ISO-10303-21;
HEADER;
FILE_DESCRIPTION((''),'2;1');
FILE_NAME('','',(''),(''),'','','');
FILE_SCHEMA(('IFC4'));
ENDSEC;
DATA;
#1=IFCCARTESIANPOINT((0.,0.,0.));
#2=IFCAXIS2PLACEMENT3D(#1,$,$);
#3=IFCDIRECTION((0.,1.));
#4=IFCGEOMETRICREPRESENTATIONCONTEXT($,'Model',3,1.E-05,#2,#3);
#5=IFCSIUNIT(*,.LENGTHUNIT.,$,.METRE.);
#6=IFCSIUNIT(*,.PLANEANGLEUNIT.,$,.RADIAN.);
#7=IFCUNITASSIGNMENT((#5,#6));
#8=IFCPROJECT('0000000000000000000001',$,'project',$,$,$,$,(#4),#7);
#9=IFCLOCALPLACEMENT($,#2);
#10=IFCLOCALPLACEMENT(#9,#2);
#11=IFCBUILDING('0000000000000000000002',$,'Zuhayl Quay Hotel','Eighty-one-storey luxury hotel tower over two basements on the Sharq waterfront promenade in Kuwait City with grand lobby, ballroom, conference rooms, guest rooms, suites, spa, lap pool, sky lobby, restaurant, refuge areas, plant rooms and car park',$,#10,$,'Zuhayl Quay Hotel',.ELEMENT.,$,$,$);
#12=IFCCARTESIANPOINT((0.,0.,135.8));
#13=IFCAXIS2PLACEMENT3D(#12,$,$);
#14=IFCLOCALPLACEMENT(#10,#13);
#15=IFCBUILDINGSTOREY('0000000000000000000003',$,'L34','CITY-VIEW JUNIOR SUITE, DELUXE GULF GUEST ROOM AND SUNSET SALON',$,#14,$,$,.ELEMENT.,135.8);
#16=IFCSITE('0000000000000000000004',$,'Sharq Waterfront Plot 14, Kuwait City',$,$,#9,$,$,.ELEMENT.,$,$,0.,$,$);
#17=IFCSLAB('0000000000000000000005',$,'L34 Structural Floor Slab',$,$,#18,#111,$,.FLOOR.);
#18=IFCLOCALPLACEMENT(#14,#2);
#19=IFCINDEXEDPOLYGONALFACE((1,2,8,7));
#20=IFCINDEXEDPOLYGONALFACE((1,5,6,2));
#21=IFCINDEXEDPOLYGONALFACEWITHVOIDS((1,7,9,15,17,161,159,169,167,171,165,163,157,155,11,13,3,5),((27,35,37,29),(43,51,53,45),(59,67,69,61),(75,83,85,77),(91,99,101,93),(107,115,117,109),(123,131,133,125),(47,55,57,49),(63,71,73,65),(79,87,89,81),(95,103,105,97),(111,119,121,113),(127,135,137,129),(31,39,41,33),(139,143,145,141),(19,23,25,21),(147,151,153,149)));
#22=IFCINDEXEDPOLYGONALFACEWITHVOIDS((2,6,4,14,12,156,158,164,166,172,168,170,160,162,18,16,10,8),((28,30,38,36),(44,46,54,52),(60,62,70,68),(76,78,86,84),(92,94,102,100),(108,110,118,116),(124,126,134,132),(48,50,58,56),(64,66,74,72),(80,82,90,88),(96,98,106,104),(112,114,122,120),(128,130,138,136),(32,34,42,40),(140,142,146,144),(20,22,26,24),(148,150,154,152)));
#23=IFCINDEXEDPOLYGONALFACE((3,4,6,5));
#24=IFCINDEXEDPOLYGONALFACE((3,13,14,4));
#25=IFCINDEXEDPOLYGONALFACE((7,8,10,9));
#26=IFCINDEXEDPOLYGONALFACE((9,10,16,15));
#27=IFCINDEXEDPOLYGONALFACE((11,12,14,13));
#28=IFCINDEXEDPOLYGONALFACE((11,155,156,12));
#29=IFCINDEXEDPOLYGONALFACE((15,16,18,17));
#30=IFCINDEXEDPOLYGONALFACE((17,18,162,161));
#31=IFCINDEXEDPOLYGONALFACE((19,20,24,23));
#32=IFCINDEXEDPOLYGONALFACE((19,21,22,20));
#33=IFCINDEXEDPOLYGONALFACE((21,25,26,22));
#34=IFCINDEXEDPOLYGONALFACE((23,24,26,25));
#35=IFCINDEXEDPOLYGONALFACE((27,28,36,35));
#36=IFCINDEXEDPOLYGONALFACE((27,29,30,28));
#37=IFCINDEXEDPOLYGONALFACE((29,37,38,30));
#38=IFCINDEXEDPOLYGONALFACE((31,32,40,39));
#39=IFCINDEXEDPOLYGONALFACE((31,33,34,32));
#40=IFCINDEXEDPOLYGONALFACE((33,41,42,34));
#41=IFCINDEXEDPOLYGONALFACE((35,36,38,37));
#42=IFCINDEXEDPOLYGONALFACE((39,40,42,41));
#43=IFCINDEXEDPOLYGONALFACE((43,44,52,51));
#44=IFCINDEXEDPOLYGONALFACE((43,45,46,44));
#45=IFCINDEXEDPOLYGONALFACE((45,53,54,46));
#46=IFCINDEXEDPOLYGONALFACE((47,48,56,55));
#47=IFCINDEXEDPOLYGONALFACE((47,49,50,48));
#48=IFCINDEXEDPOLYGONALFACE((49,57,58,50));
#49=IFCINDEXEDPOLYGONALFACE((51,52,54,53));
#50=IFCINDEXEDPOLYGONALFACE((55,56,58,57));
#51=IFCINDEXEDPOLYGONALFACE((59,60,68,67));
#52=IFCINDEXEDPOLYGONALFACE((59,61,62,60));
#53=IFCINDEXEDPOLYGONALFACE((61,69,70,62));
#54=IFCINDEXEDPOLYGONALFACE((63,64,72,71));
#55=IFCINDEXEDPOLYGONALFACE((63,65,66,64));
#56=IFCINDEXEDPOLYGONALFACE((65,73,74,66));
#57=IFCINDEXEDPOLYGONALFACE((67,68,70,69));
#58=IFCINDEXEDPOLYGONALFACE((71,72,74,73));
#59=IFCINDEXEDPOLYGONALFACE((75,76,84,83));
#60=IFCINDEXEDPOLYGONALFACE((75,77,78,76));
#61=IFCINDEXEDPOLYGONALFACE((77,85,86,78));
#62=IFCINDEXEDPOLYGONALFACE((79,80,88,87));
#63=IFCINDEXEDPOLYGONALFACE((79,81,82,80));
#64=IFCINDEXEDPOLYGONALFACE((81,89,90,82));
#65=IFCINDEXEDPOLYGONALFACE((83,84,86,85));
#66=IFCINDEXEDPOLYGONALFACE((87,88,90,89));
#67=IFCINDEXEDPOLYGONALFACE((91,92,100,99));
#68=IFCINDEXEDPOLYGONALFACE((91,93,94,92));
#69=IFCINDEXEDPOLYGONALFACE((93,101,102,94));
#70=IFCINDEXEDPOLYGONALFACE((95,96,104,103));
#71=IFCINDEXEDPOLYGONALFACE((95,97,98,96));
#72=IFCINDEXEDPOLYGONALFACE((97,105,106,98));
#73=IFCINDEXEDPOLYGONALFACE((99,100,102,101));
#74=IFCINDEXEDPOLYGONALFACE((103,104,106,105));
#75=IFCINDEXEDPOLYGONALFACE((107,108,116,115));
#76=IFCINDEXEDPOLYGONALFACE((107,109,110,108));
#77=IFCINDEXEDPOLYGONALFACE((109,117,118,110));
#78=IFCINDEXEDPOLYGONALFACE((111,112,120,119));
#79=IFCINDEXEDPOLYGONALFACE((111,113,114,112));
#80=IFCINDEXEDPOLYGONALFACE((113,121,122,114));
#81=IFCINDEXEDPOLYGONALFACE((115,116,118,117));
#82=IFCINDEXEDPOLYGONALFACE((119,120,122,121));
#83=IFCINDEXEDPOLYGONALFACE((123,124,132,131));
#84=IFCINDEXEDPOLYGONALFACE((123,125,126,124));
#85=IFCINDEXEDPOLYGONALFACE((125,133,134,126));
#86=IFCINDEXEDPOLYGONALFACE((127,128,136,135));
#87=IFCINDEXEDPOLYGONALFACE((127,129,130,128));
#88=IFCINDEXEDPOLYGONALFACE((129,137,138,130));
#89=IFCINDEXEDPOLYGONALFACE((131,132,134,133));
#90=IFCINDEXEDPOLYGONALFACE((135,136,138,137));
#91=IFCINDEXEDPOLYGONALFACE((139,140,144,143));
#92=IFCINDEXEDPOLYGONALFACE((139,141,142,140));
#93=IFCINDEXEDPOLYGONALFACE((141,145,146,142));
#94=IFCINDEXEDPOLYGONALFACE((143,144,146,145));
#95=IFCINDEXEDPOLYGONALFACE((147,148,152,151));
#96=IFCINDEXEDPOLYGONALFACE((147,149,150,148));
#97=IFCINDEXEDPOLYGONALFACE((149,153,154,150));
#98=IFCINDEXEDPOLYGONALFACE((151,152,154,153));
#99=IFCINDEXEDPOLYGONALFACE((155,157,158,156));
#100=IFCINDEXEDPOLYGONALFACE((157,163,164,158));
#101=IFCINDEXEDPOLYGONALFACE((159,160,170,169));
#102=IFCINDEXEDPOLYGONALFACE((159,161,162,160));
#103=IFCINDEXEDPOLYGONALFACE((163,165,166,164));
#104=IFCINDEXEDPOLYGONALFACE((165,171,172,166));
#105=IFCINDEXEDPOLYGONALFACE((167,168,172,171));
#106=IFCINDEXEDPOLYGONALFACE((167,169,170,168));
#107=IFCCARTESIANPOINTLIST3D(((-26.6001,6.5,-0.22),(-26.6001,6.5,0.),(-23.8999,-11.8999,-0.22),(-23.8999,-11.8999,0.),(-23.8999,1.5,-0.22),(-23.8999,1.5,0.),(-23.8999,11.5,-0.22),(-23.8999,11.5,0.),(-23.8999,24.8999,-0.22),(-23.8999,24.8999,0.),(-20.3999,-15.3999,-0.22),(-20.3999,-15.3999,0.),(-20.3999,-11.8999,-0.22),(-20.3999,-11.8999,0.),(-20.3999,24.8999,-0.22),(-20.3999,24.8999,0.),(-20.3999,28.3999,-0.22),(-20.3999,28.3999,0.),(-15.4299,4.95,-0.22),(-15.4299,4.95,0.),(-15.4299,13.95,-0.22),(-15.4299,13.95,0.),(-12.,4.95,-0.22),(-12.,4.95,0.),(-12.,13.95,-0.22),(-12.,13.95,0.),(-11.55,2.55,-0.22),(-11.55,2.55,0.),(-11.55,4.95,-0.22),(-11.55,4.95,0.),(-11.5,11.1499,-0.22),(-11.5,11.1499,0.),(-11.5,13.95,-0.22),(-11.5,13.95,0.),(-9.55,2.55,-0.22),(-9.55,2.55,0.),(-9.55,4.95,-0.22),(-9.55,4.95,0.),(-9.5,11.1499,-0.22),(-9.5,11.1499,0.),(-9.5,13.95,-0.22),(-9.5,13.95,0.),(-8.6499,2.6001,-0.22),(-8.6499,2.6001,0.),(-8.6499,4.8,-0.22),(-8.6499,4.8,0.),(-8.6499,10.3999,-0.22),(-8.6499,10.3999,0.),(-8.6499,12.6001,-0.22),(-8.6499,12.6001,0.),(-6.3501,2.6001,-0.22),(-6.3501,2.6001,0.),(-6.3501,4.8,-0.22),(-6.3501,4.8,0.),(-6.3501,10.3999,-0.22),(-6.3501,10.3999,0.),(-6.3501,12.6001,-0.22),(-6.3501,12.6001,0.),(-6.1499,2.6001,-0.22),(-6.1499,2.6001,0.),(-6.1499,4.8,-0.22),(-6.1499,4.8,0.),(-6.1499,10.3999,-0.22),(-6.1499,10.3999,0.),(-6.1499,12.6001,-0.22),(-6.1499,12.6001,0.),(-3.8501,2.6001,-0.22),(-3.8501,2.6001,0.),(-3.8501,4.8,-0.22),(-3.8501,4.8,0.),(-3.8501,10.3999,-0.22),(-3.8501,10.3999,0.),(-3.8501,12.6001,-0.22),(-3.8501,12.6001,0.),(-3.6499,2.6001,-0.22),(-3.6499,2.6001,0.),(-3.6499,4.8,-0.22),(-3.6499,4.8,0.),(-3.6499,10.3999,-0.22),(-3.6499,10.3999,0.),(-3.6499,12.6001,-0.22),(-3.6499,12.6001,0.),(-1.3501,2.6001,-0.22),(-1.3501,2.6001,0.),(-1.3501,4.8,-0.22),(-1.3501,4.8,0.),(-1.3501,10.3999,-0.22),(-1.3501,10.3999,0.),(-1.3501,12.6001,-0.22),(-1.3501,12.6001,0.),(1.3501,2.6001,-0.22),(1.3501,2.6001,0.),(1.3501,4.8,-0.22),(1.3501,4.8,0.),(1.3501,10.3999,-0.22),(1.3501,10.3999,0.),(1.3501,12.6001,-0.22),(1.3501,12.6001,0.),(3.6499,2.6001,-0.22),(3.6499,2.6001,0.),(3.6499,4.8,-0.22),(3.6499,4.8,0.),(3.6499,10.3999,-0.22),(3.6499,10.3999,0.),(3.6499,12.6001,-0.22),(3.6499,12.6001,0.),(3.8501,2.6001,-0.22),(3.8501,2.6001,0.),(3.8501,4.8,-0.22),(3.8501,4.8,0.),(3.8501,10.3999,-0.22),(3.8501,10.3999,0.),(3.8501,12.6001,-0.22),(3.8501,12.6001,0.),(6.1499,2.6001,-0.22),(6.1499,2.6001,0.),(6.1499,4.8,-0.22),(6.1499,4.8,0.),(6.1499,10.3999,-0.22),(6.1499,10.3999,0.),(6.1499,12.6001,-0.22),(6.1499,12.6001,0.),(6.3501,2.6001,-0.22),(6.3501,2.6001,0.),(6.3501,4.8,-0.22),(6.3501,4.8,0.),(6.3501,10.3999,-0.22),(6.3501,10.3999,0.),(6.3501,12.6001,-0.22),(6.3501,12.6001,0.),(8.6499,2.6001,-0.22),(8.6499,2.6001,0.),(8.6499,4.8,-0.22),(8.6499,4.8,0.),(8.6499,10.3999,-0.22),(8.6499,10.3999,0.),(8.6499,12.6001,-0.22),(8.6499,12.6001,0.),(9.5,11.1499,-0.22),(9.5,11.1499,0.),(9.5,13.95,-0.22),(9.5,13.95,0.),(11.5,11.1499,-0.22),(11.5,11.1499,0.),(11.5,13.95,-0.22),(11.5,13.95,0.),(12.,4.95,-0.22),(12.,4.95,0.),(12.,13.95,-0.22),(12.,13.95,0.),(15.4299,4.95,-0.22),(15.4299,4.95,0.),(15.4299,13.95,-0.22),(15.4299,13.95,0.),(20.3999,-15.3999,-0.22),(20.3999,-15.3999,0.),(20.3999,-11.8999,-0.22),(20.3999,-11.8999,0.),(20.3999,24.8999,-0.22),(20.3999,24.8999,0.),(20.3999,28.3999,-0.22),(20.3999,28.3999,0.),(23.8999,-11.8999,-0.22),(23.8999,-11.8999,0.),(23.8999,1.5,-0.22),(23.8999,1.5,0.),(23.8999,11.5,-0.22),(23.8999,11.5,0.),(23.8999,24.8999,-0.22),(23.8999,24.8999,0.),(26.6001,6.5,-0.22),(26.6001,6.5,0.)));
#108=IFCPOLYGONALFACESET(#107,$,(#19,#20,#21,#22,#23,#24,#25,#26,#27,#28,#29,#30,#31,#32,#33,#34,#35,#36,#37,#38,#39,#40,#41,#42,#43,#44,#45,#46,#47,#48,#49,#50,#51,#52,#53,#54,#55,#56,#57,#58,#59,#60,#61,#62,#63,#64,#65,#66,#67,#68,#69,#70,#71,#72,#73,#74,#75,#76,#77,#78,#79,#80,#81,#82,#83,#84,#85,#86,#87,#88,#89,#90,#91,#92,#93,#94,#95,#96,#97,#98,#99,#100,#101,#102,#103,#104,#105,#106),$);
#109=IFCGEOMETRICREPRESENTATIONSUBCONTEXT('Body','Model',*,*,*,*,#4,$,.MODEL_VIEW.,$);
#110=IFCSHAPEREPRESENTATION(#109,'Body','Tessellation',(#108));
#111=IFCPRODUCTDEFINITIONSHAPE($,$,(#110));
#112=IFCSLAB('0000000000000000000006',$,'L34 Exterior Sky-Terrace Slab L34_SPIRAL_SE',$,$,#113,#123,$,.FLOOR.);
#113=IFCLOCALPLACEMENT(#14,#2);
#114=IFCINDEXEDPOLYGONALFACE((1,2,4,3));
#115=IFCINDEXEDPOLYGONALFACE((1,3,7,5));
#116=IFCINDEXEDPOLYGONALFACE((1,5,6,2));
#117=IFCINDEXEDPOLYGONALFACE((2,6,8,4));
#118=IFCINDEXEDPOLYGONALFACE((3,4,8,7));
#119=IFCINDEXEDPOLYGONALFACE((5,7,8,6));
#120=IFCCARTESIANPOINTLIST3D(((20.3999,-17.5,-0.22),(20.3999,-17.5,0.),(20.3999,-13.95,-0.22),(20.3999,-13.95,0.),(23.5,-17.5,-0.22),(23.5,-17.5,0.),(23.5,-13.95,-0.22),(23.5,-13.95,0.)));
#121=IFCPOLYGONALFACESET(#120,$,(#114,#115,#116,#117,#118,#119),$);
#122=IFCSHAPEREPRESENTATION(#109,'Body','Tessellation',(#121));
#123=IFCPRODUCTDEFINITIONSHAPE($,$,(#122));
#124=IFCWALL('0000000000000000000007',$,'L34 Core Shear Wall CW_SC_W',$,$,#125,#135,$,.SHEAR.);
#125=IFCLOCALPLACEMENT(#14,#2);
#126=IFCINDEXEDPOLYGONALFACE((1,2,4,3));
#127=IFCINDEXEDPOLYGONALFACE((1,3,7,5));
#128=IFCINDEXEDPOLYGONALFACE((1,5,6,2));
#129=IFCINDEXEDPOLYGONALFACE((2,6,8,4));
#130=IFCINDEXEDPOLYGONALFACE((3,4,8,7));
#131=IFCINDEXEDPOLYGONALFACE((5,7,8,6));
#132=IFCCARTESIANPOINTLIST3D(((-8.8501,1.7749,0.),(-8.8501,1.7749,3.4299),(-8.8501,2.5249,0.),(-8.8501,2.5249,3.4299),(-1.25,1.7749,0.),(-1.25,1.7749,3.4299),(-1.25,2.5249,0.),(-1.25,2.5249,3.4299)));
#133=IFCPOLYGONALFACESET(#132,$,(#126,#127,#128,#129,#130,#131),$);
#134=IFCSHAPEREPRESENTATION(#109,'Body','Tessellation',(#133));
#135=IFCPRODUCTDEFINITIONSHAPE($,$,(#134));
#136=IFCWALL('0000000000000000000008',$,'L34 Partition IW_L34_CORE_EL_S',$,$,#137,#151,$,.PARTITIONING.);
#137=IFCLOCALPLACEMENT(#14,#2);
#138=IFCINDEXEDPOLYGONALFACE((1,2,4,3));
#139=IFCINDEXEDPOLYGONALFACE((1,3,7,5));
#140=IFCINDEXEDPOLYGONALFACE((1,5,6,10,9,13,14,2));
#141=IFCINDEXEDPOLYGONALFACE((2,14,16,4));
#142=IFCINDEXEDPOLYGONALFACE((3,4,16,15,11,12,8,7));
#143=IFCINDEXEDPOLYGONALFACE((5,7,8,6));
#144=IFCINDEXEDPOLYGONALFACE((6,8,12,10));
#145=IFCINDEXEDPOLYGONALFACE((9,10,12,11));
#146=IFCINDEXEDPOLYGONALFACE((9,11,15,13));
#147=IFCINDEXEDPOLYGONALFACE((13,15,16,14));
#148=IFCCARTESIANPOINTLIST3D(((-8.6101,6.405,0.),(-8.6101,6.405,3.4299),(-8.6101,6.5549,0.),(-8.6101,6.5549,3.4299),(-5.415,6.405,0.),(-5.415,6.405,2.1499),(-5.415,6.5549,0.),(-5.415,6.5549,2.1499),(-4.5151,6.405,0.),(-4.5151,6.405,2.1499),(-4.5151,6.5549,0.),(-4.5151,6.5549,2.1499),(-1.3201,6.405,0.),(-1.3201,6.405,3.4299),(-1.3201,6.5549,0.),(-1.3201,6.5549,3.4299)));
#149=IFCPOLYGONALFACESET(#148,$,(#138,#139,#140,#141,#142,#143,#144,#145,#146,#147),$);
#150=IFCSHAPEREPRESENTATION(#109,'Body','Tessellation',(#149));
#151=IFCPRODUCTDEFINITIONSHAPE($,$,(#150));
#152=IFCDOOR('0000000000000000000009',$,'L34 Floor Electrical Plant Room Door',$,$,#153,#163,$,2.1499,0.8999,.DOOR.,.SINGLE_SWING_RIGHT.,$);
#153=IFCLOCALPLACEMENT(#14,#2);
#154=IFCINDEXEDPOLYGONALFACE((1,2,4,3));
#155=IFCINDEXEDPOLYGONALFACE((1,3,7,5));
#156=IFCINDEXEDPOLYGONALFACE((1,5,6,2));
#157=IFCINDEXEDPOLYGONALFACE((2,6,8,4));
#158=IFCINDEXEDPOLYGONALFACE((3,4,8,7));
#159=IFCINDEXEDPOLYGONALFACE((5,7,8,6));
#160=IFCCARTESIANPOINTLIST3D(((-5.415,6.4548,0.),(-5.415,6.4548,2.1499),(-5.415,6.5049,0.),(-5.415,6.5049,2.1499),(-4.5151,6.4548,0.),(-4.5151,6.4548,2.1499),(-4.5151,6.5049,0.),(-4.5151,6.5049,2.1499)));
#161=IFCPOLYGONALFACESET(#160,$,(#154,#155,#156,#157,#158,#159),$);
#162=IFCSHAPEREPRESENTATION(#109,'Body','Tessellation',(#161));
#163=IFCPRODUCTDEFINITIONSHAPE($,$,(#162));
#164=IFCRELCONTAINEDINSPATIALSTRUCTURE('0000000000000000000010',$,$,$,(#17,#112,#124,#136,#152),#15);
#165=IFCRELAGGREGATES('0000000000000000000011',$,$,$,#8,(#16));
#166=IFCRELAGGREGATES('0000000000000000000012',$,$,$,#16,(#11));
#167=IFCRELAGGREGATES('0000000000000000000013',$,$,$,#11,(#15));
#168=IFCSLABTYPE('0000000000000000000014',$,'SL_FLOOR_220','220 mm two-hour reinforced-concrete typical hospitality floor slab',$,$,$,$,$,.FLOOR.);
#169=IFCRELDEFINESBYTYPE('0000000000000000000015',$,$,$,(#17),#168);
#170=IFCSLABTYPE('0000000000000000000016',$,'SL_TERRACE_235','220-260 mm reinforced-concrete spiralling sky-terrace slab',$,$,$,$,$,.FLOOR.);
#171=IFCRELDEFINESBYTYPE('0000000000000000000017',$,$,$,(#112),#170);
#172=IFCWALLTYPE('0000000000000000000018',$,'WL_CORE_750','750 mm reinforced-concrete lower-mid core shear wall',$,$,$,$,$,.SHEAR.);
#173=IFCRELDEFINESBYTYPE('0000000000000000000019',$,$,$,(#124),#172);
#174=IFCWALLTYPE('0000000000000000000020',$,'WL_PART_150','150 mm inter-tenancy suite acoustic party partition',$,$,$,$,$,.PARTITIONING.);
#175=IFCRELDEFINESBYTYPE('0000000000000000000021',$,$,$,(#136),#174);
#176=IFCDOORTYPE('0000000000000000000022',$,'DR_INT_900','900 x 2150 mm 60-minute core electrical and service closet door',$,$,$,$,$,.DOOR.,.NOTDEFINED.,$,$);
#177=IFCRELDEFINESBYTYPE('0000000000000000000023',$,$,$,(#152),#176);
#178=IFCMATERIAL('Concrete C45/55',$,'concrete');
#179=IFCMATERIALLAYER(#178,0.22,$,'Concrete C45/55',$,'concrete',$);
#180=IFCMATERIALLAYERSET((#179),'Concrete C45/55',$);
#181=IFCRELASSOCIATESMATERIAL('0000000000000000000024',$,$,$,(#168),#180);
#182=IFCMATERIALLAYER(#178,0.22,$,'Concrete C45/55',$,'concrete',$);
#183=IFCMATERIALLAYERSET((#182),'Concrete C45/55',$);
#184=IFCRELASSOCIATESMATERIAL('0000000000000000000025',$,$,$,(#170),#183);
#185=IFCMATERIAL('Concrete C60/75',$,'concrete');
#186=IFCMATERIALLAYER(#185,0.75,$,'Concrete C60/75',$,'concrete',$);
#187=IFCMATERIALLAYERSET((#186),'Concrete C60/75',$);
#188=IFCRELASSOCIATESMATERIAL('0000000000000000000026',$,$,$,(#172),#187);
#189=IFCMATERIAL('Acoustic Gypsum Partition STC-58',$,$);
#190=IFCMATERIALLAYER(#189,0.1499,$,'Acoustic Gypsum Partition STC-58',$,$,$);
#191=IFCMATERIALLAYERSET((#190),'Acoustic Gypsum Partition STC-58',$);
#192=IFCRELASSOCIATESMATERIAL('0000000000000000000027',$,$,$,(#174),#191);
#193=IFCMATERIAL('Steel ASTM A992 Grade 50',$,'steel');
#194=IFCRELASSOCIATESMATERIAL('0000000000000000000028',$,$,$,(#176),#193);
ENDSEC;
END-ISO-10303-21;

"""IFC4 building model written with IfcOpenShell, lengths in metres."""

from ifc_helpers import new_model, si_unit, direction, frame, frame_2d, origin, place, context, subcontext, project, spatial, polyline, rectangle, outline, extrude, material, layer, layer_set, type_object, element, fill, save


model = new_model("IFC4")

# Units and contexts
model_context = context("Model", 3, precision=1e-05, world=origin(), true_north=direction((0.0, 1.0)))
body_context = subcontext(model_context, "Body", "Model", "MODEL_VIEW")
ifc_project = project(units=[si_unit("LENGTHUNIT", "METRE"), si_unit("PLANEANGLEUNIT", "RADIAN")], contexts=[model_context])

# Site, building, storey
site_placement = place(None, origin())
site = spatial("IfcSite", under=ifc_project, at=site_placement, Name="Sharq Waterfront Plot 14, Kuwait City", CompositionType="ELEMENT", RefElevation=0.0)
building_placement = place(site_placement, origin())
building = spatial("IfcBuilding", under=site, at=building_placement, Name="Zuhayl Quay Hotel", Description="Eighty-one-storey luxury hotel tower over two basements on the Sharq waterfront promenade in Kuwait City with grand lobby, ballroom, conference rooms, guest rooms, suites, spa, lap pool, sky lobby, restaurant, refuge areas, plant rooms and car park", LongName="Zuhayl Quay Hotel", CompositionType="ELEMENT")
storey_placement = place(building_placement, frame((0.0, 0.0, 135.8)))
storey = spatial("IfcBuildingStorey", under=building, at=storey_placement, Name="L34", Description="CITY-VIEW JUNIOR SUITE, DELUXE GULF GUEST ROOM AND SUNSET SALON", CompositionType="ELEMENT", Elevation=135.8)

# Shared definitions
ifc_material_1 = material(Name="Concrete C60/75", Category="concrete")
ifc_material_2 = material(Name="Steel ASTM A992 Grade 50", Category="steel")

# Slabs
ifc_material_3 = material(Name="Concrete C45/55", Category="concrete")
ifc_layer_1 = layer(ifc_material_3, 0.22, Name="Concrete C45/55", Category="concrete")
ifc_layer_set_1 = layer_set([ifc_layer_1], Name="Concrete C45/55")
slab_type_1 = type_object("IfcSlabType", Name="SL_FLOOR_220", Description="220 mm two-hour reinforced-concrete typical hospitality floor slab", PredefinedType="FLOOR", material=ifc_layer_set_1)
slab_1_placement = place(storey_placement, frame((0.0, 0.0, -0.22)))
element("IfcSlab", 1, at=slab_1_placement, inside=storey, type_object=slab_type_1, Name="L34 Structural Floor Slab", PredefinedType="FLOOR", context=body_context, shape_type="SweptSolid", body=[
    extrude(outline(polyline([(-20.3999, -15.3999), (20.3999, -15.3999), (20.3999, -11.8999), (23.8999, -11.8999), (23.8999, 1.5), (26.6001, 6.5), (23.8999, 11.5), (23.8999, 24.8999), (20.3999, 24.8999), (20.3999, 28.3999), (-20.3999, 28.3999), (-20.3999, 24.8999), (-23.8999, 24.8999), (-23.8999, 11.5), (-26.6001, 6.5), (-23.8999, 1.5), (-23.8999, -11.8999), (-20.3999, -11.8999), (-20.3999, -15.3999)]), holes=[polyline([(-12.0, 4.95), (-12.0, 13.95), (-15.4299, 13.95), (-15.4299, 4.95), (-12.0, 4.95)]), polyline([(15.4299, 4.95), (15.4299, 13.95), (12.0, 13.95), (12.0, 4.95), (15.4299, 4.95)]), polyline([(-11.5, 11.1499), (-9.5, 11.1499), (-9.5, 13.95), (-11.5, 13.95), (-11.5, 11.1499)]), polyline([(9.5, 11.1499), (11.5, 11.1499), (11.5, 13.95), (9.5, 13.95), (9.5, 11.1499)]), polyline([(-8.6499, 2.6001), (-6.3501, 2.6001), (-6.3501, 4.8), (-8.6499, 4.8), (-8.6499, 2.6001)]), polyline([(-6.1499, 2.6001), (-3.8501, 2.6001), (-3.8501, 4.8), (-6.1499, 4.8), (-6.1499, 2.6001)]), polyline([(-8.6499, 10.3999), (-6.3501, 10.3999), (-6.3501, 12.6001), (-8.6499, 12.6001), (-8.6499, 10.3999)]), polyline([(-6.1499, 10.3999), (-3.8501, 10.3999), (-3.8501, 12.6001), (-6.1499, 12.6001), (-6.1499, 10.3999)]), polyline([(-3.6499, 2.6001), (-1.3501, 2.6001), (-1.3501, 4.8), (-3.6499, 4.8), (-3.6499, 2.6001)]), polyline([(1.3501, 2.6001), (3.6499, 2.6001), (3.6499, 4.8), (1.3501, 4.8), (1.3501, 2.6001)]), polyline([(-3.6499, 10.3999), (-1.3501, 10.3999), (-1.3501, 12.6001), (-3.6499, 12.6001), (-3.6499, 10.3999)]), polyline([(1.3501, 10.3999), (3.6499, 10.3999), (3.6499, 12.6001), (1.3501, 12.6001), (1.3501, 10.3999)]), polyline([(3.8501, 2.6001), (6.1499, 2.6001), (6.1499, 4.8), (3.8501, 4.8), (3.8501, 2.6001)]), polyline([(6.3501, 2.6001), (8.6499, 2.6001), (8.6499, 4.8), (6.3501, 4.8), (6.3501, 2.6001)]), polyline([(3.8501, 10.3999), (6.1499, 10.3999), (6.1499, 12.6001), (3.8501, 12.6001), (3.8501, 10.3999)]), polyline([(6.3501, 10.3999), (8.6499, 10.3999), (8.6499, 12.6001), (6.3501, 12.6001), (6.3501, 10.3999)]), polyline([(-11.55, 2.55), (-9.55, 2.55), (-9.55, 4.95), (-11.55, 4.95), (-11.55, 2.55)])]), origin(), (0.0, 0.0, 1.0), 0.22),
])
ifc_layer_2 = layer(ifc_material_3, 0.22, Name="Concrete C45/55", Category="concrete")
ifc_layer_set_2 = layer_set([ifc_layer_2], Name="Concrete C45/55")
slab_type_2 = type_object("IfcSlabType", Name="SL_TERRACE_235", Description="220-260 mm reinforced-concrete spiralling sky-terrace slab", PredefinedType="FLOOR", material=ifc_layer_set_2)
slab_2_placement = place(storey_placement, frame((0.0, 0.0, -0.22)))
element("IfcSlab", 2, at=slab_2_placement, inside=storey, type_object=slab_type_2, Name="L34 Exterior Sky-Terrace Slab L34_SPIRAL_SE", PredefinedType="FLOOR", context=body_context, shape_type="SweptSolid", body=[
    extrude(outline(polyline([(20.3999, -17.5), (23.5, -17.5), (23.5, -13.95), (20.3999, -13.95), (20.3999, -17.5)])), origin(), (0.0, 0.0, 1.0), 0.22),
])

# Wall
ifc_layer_3 = layer(ifc_material_1, 0.75, Name="Concrete C60/75", Category="concrete")
ifc_layer_set_3 = layer_set([ifc_layer_3], Name="Concrete C60/75")
wall_type_1 = type_object("IfcWallType", Name="WL_CORE_750", Description="750 mm reinforced-concrete lower-mid core shear wall", PredefinedType="SHEAR", material=ifc_layer_set_3)
wall_1_placement = place(storey_placement, frame((-8.8501, 2.1499, 0.0), z_axis=(0.0, 0.0, 1.0), x_axis=(1.0, 0.0, 0.0)))
element("IfcWall", 3, at=wall_1_placement, inside=storey, type_object=wall_type_1, Name="L34 Core Shear Wall CW_SC_W", PredefinedType="SHEAR", context=body_context, shape_type="SweptSolid", body=[
    extrude(rectangle(XDim=7.6001, YDim=0.75, at=frame_2d((3.8, 0.0))), origin(), (0.0, 0.0, 1.0), 3.4299),
])

# Wall, opening, door
ifc_material_4 = material(Name="Acoustic Gypsum Partition STC-58")
ifc_layer_4 = layer(ifc_material_4, 0.1499, Name="Acoustic Gypsum Partition STC-58")
ifc_layer_set_4 = layer_set([ifc_layer_4], Name="Acoustic Gypsum Partition STC-58")
wall_type_2 = type_object("IfcWallType", Name="WL_PART_150", Description="150 mm inter-tenancy suite acoustic party partition", PredefinedType="PARTITIONING", material=ifc_layer_set_4)
wall_2_placement = place(storey_placement, frame((-8.6101, 6.48, 0.0), z_axis=(0.0, 0.0, 1.0), x_axis=(1.0, 0.0, 0.0)))
wall_2 = element("IfcWall", 4, at=wall_2_placement, inside=storey, type_object=wall_type_2, Name="L34 Partition IW_L34_CORE_EL_S", PredefinedType="PARTITIONING", context=body_context, shape_type="SweptSolid", body=[
    extrude(rectangle(XDim=7.29, YDim=0.1499, at=frame_2d((3.645, 0.0))), origin(), (0.0, 0.0, 1.0), 3.4299),
])
opening_1_placement = place(wall_2_placement, frame((3.1951, 0.0, 0.0)))
opening_1 = element("IfcOpeningElement", 5, at=opening_1_placement, cuts=wall_2, PredefinedType="OPENING", context=body_context, shape_type="SweptSolid", body=[
    extrude(rectangle(XDim=0.8999, YDim=2.1499, at=frame_2d((0.45, 1.075))), frame((0.0, 0.085, 0.0), z_axis=(0.0, -1.0, 0.0), x_axis=(1.0, 0.0, 0.0)), (0.0, 0.0, 1.0), 0.1699),
])
door_type_1 = type_object("IfcDoorType", Name="DR_INT_900", Description="900 x 2150 mm 60-minute core electrical and service closet door", OperationType="NOTDEFINED", PredefinedType="DOOR", material=ifc_material_2)
door_1_placement = place(opening_1_placement, origin())
door_1 = element("IfcDoor", 6, at=door_1_placement, inside=storey, type_object=door_type_1, Name="L34 Floor Electrical Plant Room Door", OperationType="SINGLE_SWING_RIGHT", OverallHeight=2.1499, OverallWidth=0.8999, PredefinedType="DOOR", context=body_context, shape_type="SweptSolid", body=[
    extrude(rectangle(XDim=0.8999, YDim=2.1499, at=frame_2d((0.45, 1.075))), frame((0.0, 0.0249, 0.0), z_axis=(0.0, -1.0, 0.0), x_axis=(1.0, 0.0, 0.0)), (0.0, 0.0, 1.0), 0.05),
])
fill(opening_1, door_1)

save(model, "model.ifc")
